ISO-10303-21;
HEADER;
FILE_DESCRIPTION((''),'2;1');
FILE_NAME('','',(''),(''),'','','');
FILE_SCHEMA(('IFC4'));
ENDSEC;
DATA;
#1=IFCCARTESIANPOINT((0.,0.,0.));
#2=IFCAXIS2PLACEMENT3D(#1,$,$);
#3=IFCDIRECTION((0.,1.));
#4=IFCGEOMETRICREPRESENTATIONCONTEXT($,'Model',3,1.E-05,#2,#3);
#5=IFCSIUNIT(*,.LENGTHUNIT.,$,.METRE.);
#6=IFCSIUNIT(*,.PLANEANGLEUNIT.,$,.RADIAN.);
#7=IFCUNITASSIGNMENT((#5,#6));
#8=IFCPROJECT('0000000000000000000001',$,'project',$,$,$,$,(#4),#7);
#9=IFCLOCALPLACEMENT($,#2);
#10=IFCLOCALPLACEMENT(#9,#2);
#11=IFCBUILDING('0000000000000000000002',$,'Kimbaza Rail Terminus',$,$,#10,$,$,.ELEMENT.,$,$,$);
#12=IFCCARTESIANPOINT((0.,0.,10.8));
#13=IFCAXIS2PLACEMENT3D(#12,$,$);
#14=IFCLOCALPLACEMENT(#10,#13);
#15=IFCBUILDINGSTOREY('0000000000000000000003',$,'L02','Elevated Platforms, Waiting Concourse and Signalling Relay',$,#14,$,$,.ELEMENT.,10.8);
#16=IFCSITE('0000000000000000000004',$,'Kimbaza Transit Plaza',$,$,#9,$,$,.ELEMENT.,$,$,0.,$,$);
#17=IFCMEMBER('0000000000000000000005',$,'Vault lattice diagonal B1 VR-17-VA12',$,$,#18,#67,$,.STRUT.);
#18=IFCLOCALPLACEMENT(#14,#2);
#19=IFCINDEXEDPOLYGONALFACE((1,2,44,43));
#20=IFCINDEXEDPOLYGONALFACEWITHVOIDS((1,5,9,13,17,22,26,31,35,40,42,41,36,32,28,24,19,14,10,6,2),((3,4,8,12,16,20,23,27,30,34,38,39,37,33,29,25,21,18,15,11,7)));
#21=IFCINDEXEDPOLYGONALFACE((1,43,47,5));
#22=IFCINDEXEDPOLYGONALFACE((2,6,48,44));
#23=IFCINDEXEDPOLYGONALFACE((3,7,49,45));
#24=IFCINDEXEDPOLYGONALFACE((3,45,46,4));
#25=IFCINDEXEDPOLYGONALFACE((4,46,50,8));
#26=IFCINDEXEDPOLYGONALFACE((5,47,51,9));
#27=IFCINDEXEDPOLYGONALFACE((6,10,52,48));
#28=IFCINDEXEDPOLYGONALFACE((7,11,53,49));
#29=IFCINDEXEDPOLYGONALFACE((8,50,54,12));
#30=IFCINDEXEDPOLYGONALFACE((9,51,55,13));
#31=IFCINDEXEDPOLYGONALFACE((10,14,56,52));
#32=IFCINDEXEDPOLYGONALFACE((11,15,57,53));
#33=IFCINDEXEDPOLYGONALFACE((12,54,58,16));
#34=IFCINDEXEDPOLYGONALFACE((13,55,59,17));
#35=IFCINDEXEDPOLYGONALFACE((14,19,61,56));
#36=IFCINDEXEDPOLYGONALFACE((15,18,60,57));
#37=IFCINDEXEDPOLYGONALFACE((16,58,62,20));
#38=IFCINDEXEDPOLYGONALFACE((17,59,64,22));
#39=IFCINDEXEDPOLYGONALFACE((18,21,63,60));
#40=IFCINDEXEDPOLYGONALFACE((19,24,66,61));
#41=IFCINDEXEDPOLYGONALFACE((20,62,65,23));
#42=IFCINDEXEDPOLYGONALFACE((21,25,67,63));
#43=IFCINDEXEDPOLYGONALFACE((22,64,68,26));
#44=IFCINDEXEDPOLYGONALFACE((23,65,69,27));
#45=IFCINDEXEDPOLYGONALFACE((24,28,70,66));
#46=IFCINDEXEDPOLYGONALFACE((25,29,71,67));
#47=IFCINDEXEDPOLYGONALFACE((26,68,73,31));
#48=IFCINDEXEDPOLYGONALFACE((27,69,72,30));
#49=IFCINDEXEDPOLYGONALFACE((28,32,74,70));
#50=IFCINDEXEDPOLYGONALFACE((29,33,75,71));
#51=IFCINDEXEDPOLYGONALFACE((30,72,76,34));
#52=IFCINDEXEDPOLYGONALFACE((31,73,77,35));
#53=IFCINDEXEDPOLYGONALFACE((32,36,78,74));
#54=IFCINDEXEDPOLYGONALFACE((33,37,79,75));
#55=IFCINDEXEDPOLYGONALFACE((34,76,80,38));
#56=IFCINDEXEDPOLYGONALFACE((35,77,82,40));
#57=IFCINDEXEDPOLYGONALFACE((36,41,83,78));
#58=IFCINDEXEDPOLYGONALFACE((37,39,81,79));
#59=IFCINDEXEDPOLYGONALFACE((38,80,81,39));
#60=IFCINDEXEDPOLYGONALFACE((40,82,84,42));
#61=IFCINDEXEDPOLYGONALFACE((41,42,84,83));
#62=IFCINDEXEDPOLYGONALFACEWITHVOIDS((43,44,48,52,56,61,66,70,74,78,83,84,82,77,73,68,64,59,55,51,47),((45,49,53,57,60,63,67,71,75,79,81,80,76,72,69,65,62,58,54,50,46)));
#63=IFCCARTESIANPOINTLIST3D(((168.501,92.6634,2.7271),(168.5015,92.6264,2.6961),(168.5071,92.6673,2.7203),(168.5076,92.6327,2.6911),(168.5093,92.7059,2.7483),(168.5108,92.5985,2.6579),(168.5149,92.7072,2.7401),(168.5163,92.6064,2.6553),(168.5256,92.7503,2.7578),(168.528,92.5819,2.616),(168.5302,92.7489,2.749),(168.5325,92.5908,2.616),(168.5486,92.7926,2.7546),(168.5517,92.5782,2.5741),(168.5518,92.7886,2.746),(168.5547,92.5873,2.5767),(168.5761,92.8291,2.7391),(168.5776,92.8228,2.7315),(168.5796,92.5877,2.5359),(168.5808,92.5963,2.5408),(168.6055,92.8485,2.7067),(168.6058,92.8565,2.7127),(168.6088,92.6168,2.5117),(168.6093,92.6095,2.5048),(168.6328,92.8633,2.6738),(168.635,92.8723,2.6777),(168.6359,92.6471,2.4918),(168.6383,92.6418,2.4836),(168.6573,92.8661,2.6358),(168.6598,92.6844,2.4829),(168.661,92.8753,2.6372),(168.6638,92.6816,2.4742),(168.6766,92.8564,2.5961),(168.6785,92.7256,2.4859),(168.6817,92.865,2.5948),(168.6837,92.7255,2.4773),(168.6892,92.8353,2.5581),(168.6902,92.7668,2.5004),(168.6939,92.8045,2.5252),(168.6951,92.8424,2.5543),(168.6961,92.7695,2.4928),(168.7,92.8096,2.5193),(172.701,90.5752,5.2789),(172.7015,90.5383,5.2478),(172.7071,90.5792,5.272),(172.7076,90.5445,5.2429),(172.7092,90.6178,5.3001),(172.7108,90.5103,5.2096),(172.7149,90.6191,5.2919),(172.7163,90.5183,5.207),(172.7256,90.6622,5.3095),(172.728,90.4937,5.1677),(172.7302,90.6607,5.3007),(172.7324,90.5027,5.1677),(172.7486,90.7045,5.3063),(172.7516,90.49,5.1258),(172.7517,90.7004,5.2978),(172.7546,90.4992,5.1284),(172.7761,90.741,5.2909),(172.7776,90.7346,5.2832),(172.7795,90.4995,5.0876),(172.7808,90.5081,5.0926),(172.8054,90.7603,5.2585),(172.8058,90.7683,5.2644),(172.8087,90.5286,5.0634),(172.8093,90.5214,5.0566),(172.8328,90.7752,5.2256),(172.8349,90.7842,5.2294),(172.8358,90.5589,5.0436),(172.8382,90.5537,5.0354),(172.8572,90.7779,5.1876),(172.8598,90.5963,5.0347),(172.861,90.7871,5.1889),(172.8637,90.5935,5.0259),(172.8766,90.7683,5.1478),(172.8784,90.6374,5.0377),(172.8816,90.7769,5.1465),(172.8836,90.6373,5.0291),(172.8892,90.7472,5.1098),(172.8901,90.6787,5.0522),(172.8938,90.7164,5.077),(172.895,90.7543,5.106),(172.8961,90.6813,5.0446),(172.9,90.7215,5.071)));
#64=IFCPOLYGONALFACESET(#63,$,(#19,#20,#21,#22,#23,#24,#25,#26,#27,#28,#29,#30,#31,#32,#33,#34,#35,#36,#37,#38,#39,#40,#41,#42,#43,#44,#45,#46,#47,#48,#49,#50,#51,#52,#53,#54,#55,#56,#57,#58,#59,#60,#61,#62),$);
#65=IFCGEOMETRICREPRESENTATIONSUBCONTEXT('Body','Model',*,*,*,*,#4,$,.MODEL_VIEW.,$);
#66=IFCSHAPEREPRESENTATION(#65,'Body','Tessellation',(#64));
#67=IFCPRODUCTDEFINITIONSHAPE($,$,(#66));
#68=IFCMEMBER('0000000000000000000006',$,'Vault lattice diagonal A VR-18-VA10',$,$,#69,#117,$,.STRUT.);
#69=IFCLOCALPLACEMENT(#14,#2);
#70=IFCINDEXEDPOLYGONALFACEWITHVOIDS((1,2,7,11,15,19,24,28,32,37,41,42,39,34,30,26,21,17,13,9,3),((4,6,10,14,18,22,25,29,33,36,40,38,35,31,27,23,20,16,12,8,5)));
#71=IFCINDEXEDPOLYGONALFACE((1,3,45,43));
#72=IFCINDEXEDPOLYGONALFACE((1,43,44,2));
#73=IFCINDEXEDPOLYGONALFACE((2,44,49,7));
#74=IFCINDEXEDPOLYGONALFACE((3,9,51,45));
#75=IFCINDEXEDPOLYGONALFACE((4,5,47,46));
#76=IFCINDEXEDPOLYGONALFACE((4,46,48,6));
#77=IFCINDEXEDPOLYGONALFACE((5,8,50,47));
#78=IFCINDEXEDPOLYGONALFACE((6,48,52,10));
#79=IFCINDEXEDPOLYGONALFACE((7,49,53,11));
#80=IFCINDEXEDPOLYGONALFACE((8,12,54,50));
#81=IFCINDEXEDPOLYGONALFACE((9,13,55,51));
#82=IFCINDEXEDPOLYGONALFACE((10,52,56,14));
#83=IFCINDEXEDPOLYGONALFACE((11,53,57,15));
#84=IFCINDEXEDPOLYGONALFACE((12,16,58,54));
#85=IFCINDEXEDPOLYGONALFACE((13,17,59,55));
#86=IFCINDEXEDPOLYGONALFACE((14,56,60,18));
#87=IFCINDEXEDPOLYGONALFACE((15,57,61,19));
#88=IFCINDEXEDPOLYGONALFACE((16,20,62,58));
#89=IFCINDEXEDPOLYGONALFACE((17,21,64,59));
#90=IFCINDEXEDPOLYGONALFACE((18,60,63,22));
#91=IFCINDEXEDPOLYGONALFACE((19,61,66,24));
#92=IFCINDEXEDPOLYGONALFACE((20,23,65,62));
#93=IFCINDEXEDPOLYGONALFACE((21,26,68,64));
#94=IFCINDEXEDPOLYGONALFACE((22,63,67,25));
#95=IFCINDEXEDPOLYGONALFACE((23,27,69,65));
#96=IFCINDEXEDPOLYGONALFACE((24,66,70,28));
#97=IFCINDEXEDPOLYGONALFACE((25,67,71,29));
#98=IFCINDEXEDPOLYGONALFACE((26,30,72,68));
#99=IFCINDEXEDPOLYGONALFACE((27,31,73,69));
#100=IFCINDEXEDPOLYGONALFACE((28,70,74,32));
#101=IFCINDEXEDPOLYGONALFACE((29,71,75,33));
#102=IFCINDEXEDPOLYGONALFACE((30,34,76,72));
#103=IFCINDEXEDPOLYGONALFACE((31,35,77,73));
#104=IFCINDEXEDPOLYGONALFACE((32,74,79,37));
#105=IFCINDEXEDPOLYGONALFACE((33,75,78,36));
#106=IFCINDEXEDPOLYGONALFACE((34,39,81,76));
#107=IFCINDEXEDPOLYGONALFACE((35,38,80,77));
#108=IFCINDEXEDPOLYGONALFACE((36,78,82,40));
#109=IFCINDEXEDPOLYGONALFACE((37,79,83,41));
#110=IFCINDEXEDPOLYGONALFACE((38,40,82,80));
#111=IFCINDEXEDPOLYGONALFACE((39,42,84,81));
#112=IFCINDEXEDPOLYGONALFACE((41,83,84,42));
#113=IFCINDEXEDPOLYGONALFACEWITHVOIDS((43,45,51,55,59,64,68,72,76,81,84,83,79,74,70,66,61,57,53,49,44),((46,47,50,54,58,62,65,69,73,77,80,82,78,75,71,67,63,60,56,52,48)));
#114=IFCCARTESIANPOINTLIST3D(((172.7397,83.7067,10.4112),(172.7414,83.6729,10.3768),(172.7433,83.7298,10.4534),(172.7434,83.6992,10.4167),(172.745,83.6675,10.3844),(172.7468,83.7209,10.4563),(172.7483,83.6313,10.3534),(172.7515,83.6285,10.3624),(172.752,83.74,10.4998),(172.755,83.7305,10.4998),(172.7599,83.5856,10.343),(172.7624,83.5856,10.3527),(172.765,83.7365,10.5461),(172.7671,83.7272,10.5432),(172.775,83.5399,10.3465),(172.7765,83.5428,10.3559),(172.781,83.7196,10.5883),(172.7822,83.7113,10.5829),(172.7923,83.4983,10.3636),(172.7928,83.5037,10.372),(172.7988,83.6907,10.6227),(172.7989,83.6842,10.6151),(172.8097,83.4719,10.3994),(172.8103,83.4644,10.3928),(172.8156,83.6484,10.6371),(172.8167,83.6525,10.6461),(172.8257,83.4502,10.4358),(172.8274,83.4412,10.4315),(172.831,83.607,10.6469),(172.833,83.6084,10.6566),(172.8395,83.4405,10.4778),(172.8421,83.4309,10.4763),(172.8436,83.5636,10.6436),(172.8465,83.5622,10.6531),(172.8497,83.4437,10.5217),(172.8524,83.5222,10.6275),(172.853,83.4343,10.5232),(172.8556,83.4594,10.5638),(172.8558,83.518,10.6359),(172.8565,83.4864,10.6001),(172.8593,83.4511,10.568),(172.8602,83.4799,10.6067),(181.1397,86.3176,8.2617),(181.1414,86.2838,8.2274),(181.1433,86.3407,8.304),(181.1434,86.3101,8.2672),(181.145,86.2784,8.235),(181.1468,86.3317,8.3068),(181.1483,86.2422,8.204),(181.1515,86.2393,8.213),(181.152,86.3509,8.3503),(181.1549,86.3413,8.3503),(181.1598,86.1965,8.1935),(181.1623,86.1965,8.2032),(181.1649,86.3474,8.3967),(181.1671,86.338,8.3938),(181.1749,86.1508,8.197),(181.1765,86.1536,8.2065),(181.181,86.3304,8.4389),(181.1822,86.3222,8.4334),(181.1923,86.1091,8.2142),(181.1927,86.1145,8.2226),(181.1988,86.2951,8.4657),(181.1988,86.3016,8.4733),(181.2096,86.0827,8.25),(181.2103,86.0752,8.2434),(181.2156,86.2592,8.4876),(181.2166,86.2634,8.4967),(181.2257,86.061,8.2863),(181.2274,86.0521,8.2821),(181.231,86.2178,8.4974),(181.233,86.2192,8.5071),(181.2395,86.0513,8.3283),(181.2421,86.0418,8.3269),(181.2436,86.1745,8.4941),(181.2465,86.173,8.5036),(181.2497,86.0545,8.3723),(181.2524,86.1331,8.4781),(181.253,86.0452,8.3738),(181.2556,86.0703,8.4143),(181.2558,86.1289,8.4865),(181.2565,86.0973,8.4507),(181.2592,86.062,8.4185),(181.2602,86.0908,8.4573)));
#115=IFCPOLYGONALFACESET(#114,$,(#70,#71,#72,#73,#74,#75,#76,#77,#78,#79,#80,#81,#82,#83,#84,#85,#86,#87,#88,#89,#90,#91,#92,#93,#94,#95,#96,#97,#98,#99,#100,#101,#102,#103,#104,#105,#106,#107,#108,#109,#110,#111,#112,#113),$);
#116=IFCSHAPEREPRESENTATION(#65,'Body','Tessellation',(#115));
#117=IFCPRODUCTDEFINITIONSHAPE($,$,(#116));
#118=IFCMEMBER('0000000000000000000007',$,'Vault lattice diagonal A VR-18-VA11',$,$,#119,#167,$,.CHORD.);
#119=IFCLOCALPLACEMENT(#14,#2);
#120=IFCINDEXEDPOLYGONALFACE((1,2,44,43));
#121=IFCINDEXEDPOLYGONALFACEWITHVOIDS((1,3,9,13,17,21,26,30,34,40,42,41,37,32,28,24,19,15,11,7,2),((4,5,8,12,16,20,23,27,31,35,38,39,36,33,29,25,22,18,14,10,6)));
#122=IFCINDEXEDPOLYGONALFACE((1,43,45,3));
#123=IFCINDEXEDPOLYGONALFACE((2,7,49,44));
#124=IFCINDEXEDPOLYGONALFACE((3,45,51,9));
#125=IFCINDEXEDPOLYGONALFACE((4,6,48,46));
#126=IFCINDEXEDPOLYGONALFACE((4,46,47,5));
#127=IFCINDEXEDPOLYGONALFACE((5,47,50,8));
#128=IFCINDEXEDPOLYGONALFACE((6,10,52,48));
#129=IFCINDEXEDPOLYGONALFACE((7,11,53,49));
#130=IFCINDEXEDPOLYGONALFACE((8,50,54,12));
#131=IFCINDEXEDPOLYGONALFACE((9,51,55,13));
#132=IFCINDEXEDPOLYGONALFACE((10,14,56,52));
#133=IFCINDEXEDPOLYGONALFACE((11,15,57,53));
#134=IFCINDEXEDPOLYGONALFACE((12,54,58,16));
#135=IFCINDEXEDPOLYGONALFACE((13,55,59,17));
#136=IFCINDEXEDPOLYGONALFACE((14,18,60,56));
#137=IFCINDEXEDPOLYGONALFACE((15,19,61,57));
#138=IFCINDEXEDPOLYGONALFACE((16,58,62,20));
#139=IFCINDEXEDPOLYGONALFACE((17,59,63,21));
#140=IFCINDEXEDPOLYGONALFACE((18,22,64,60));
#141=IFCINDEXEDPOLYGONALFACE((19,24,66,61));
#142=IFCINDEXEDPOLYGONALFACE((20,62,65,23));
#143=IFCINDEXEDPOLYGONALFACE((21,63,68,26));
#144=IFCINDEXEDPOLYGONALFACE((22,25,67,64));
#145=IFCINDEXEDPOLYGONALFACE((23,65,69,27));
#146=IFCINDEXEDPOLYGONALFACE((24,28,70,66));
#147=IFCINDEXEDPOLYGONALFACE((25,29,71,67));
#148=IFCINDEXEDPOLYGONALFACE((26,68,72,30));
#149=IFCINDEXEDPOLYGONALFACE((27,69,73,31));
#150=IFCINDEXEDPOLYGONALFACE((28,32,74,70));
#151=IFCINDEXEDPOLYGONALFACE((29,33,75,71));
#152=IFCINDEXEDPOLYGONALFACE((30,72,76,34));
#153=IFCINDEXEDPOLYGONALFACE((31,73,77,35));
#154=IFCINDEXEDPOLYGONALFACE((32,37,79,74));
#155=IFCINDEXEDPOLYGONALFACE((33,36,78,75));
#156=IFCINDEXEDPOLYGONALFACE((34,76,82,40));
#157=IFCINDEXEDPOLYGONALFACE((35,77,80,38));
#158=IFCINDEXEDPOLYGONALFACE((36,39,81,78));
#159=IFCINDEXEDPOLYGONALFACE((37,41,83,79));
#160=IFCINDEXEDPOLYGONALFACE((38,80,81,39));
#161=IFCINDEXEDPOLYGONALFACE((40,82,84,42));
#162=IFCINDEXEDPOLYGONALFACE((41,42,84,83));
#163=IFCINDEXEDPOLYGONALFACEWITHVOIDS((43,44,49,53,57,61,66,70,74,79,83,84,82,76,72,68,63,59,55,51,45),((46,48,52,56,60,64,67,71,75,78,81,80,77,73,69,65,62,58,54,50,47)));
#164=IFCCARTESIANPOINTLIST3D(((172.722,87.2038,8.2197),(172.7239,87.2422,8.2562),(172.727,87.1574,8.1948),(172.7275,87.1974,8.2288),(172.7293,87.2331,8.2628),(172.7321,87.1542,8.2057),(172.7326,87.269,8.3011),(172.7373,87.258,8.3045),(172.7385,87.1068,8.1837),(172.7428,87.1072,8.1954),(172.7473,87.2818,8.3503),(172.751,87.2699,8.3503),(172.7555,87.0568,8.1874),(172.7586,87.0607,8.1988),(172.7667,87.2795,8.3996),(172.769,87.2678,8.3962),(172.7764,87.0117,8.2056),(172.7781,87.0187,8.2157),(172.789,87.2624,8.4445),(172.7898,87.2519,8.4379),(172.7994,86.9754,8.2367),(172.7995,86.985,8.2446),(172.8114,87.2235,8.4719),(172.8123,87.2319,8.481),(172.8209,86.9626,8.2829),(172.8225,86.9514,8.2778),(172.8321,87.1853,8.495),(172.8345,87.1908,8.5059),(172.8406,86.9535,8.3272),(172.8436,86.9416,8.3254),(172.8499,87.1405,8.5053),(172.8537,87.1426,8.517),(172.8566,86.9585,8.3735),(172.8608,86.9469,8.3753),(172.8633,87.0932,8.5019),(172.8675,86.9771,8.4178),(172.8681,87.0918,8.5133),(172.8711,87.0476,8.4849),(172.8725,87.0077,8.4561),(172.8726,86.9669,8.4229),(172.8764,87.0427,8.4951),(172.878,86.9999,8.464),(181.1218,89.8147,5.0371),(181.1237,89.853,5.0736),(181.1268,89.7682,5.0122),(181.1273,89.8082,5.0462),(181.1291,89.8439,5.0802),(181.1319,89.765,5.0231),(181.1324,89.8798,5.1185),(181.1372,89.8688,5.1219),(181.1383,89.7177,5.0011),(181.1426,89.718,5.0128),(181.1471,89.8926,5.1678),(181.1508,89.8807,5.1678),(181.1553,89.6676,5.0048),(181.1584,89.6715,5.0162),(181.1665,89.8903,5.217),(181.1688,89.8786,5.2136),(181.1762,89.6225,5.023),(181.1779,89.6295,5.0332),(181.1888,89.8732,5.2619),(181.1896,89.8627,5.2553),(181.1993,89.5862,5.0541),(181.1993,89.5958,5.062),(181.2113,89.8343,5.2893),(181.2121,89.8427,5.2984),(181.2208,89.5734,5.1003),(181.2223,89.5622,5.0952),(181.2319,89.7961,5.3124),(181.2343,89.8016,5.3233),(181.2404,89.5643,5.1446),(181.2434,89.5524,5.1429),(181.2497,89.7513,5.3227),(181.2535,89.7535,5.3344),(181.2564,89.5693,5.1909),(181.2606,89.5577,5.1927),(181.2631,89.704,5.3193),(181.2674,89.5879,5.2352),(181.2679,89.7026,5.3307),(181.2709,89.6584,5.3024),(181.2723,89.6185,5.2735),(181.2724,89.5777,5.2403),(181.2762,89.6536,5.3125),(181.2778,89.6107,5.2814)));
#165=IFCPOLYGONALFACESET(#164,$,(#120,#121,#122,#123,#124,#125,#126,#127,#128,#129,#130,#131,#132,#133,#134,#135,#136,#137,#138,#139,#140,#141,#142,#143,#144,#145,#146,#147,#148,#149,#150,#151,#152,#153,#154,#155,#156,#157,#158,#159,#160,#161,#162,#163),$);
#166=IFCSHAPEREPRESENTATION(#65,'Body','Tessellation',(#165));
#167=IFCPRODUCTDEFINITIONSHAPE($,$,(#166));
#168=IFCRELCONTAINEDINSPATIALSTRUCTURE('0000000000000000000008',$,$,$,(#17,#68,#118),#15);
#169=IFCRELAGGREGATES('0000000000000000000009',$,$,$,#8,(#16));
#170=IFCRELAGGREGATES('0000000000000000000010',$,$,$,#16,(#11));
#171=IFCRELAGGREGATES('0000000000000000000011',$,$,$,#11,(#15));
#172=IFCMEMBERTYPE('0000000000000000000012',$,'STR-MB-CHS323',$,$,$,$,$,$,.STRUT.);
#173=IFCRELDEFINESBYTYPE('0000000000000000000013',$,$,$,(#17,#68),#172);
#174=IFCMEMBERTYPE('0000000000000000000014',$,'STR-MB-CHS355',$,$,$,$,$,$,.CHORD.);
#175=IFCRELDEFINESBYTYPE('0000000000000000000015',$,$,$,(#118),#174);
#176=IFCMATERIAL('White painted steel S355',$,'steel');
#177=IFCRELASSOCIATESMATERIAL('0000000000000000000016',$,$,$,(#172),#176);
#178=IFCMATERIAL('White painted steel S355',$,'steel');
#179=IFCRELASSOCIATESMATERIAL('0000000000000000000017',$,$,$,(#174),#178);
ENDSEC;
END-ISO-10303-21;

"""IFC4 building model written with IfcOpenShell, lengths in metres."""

from ifc_helpers import new_model, si_unit, direction, frame, origin, origin_2d, place, context, subcontext, project, spatial, hollow_circle, extrude, material, material_profile, profile_set, type_object, element, save


model = new_model("IFC4")

# Units and contexts
model_context = context("Model", 3, precision=1e-05, world=origin(), true_north=direction((0.0, 1.0)))
body_context = subcontext(model_context, "Body", "Model", "MODEL_VIEW")
ifc_project = project(units=[si_unit("LENGTHUNIT", "METRE"), si_unit("PLANEANGLEUNIT", "RADIAN")], contexts=[model_context])

# Site, building, storey
site_placement = place(None, origin())
site = spatial("IfcSite", under=ifc_project, at=site_placement, Name="Kimbaza Transit Plaza", CompositionType="ELEMENT", RefElevation=0.0)
building_placement = place(site_placement, origin())
building = spatial("IfcBuilding", under=site, at=building_placement, Name="Kimbaza Rail Terminus", CompositionType="ELEMENT")
storey_placement = place(building_placement, frame((0.0, 0.0, 10.8)))
storey = spatial("IfcBuildingStorey", under=building, at=storey_placement, Name="L02", Description="Elevated Platforms, Waiting Concourse and Signalling Relay", CompositionType="ELEMENT", Elevation=10.8)

# Members
ifc_material_1 = material(Name="White painted steel S355", Category="steel")
ifc_material_profile_1 = material_profile(ifc_material_1, hollow_circle(Radius=0.1619, WallThickness=0.01, at=origin_2d()), Name="CHS 323.9x10")
ifc_profile_set_1 = profile_set([ifc_material_profile_1], Name="White painted steel S355")
member_type_1 = type_object("IfcMemberType", Name="STR-MB-CHS323", PredefinedType="STRUT", material=ifc_profile_set_1)
member_1_placement = place(storey_placement, frame((172.8, 90.6387, 5.1677), z_axis=(-0.786566, 0.391066, -0.477893), x_axis=(-0.445193, -0.895435, 0.0)))
element("IfcMember", 1, at=member_1_placement, inside=storey, type_object=member_type_1, Name="Vault lattice diagonal B1 VR-17-VA12", PredefinedType="STRUT", context=body_context, shape_type="SweptSolid", body=[
    extrude(hollow_circle(Radius=0.1619, WallThickness=0.01, at=origin_2d()), origin(), (0.0, 0.0, 1.0), 5.3396),
])
member_2_placement = place(storey_placement, frame((172.8, 83.5854, 10.4998), z_axis=(0.927643, 0.288328, -0.237371), x_axis=(-0.296811, 0.954936, 0.0)))
element("IfcMember", 2, at=member_2_placement, inside=storey, type_object=member_type_1, Name="Vault lattice diagonal A VR-18-VA10", PredefinedType="STRUT", context=body_context, shape_type="SweptSolid", body=[
    extrude(hollow_circle(Radius=0.1619, WallThickness=0.01, at=origin_2d()), origin(), (0.0, 0.0, 1.0), 9.0552),
])
ifc_material_2 = material(Name="White painted steel S355", Category="steel")
ifc_material_profile_2 = material_profile(ifc_material_2, hollow_circle(Radius=0.1777, WallThickness=0.0125, at=origin_2d()), Name="CHS 355.6x12.5")
ifc_profile_set_2 = profile_set([ifc_material_profile_2], Name="White painted steel S355")
member_type_2 = type_object("IfcMemberType", Name="STR-MB-CHS355", PredefinedType="CHORD", material=ifc_profile_set_2)
member_3_placement = place(storey_placement, frame((172.8, 87.1121, 8.3503), z_axis=(0.897967, 0.279104, -0.340229), x_axis=(-0.296811, 0.954936, 0.0)))
element("IfcMember", 3, at=member_3_placement, inside=storey, type_object=member_type_2, Name="Vault lattice diagonal A VR-18-VA11", PredefinedType="CHORD", context=body_context, shape_type="SweptSolid", body=[
    extrude(hollow_circle(Radius=0.1777, WallThickness=0.0125, at=origin_2d()), origin(), (0.0, 0.0, 1.0), 9.3542),
])

save(model, "model.ifc")
